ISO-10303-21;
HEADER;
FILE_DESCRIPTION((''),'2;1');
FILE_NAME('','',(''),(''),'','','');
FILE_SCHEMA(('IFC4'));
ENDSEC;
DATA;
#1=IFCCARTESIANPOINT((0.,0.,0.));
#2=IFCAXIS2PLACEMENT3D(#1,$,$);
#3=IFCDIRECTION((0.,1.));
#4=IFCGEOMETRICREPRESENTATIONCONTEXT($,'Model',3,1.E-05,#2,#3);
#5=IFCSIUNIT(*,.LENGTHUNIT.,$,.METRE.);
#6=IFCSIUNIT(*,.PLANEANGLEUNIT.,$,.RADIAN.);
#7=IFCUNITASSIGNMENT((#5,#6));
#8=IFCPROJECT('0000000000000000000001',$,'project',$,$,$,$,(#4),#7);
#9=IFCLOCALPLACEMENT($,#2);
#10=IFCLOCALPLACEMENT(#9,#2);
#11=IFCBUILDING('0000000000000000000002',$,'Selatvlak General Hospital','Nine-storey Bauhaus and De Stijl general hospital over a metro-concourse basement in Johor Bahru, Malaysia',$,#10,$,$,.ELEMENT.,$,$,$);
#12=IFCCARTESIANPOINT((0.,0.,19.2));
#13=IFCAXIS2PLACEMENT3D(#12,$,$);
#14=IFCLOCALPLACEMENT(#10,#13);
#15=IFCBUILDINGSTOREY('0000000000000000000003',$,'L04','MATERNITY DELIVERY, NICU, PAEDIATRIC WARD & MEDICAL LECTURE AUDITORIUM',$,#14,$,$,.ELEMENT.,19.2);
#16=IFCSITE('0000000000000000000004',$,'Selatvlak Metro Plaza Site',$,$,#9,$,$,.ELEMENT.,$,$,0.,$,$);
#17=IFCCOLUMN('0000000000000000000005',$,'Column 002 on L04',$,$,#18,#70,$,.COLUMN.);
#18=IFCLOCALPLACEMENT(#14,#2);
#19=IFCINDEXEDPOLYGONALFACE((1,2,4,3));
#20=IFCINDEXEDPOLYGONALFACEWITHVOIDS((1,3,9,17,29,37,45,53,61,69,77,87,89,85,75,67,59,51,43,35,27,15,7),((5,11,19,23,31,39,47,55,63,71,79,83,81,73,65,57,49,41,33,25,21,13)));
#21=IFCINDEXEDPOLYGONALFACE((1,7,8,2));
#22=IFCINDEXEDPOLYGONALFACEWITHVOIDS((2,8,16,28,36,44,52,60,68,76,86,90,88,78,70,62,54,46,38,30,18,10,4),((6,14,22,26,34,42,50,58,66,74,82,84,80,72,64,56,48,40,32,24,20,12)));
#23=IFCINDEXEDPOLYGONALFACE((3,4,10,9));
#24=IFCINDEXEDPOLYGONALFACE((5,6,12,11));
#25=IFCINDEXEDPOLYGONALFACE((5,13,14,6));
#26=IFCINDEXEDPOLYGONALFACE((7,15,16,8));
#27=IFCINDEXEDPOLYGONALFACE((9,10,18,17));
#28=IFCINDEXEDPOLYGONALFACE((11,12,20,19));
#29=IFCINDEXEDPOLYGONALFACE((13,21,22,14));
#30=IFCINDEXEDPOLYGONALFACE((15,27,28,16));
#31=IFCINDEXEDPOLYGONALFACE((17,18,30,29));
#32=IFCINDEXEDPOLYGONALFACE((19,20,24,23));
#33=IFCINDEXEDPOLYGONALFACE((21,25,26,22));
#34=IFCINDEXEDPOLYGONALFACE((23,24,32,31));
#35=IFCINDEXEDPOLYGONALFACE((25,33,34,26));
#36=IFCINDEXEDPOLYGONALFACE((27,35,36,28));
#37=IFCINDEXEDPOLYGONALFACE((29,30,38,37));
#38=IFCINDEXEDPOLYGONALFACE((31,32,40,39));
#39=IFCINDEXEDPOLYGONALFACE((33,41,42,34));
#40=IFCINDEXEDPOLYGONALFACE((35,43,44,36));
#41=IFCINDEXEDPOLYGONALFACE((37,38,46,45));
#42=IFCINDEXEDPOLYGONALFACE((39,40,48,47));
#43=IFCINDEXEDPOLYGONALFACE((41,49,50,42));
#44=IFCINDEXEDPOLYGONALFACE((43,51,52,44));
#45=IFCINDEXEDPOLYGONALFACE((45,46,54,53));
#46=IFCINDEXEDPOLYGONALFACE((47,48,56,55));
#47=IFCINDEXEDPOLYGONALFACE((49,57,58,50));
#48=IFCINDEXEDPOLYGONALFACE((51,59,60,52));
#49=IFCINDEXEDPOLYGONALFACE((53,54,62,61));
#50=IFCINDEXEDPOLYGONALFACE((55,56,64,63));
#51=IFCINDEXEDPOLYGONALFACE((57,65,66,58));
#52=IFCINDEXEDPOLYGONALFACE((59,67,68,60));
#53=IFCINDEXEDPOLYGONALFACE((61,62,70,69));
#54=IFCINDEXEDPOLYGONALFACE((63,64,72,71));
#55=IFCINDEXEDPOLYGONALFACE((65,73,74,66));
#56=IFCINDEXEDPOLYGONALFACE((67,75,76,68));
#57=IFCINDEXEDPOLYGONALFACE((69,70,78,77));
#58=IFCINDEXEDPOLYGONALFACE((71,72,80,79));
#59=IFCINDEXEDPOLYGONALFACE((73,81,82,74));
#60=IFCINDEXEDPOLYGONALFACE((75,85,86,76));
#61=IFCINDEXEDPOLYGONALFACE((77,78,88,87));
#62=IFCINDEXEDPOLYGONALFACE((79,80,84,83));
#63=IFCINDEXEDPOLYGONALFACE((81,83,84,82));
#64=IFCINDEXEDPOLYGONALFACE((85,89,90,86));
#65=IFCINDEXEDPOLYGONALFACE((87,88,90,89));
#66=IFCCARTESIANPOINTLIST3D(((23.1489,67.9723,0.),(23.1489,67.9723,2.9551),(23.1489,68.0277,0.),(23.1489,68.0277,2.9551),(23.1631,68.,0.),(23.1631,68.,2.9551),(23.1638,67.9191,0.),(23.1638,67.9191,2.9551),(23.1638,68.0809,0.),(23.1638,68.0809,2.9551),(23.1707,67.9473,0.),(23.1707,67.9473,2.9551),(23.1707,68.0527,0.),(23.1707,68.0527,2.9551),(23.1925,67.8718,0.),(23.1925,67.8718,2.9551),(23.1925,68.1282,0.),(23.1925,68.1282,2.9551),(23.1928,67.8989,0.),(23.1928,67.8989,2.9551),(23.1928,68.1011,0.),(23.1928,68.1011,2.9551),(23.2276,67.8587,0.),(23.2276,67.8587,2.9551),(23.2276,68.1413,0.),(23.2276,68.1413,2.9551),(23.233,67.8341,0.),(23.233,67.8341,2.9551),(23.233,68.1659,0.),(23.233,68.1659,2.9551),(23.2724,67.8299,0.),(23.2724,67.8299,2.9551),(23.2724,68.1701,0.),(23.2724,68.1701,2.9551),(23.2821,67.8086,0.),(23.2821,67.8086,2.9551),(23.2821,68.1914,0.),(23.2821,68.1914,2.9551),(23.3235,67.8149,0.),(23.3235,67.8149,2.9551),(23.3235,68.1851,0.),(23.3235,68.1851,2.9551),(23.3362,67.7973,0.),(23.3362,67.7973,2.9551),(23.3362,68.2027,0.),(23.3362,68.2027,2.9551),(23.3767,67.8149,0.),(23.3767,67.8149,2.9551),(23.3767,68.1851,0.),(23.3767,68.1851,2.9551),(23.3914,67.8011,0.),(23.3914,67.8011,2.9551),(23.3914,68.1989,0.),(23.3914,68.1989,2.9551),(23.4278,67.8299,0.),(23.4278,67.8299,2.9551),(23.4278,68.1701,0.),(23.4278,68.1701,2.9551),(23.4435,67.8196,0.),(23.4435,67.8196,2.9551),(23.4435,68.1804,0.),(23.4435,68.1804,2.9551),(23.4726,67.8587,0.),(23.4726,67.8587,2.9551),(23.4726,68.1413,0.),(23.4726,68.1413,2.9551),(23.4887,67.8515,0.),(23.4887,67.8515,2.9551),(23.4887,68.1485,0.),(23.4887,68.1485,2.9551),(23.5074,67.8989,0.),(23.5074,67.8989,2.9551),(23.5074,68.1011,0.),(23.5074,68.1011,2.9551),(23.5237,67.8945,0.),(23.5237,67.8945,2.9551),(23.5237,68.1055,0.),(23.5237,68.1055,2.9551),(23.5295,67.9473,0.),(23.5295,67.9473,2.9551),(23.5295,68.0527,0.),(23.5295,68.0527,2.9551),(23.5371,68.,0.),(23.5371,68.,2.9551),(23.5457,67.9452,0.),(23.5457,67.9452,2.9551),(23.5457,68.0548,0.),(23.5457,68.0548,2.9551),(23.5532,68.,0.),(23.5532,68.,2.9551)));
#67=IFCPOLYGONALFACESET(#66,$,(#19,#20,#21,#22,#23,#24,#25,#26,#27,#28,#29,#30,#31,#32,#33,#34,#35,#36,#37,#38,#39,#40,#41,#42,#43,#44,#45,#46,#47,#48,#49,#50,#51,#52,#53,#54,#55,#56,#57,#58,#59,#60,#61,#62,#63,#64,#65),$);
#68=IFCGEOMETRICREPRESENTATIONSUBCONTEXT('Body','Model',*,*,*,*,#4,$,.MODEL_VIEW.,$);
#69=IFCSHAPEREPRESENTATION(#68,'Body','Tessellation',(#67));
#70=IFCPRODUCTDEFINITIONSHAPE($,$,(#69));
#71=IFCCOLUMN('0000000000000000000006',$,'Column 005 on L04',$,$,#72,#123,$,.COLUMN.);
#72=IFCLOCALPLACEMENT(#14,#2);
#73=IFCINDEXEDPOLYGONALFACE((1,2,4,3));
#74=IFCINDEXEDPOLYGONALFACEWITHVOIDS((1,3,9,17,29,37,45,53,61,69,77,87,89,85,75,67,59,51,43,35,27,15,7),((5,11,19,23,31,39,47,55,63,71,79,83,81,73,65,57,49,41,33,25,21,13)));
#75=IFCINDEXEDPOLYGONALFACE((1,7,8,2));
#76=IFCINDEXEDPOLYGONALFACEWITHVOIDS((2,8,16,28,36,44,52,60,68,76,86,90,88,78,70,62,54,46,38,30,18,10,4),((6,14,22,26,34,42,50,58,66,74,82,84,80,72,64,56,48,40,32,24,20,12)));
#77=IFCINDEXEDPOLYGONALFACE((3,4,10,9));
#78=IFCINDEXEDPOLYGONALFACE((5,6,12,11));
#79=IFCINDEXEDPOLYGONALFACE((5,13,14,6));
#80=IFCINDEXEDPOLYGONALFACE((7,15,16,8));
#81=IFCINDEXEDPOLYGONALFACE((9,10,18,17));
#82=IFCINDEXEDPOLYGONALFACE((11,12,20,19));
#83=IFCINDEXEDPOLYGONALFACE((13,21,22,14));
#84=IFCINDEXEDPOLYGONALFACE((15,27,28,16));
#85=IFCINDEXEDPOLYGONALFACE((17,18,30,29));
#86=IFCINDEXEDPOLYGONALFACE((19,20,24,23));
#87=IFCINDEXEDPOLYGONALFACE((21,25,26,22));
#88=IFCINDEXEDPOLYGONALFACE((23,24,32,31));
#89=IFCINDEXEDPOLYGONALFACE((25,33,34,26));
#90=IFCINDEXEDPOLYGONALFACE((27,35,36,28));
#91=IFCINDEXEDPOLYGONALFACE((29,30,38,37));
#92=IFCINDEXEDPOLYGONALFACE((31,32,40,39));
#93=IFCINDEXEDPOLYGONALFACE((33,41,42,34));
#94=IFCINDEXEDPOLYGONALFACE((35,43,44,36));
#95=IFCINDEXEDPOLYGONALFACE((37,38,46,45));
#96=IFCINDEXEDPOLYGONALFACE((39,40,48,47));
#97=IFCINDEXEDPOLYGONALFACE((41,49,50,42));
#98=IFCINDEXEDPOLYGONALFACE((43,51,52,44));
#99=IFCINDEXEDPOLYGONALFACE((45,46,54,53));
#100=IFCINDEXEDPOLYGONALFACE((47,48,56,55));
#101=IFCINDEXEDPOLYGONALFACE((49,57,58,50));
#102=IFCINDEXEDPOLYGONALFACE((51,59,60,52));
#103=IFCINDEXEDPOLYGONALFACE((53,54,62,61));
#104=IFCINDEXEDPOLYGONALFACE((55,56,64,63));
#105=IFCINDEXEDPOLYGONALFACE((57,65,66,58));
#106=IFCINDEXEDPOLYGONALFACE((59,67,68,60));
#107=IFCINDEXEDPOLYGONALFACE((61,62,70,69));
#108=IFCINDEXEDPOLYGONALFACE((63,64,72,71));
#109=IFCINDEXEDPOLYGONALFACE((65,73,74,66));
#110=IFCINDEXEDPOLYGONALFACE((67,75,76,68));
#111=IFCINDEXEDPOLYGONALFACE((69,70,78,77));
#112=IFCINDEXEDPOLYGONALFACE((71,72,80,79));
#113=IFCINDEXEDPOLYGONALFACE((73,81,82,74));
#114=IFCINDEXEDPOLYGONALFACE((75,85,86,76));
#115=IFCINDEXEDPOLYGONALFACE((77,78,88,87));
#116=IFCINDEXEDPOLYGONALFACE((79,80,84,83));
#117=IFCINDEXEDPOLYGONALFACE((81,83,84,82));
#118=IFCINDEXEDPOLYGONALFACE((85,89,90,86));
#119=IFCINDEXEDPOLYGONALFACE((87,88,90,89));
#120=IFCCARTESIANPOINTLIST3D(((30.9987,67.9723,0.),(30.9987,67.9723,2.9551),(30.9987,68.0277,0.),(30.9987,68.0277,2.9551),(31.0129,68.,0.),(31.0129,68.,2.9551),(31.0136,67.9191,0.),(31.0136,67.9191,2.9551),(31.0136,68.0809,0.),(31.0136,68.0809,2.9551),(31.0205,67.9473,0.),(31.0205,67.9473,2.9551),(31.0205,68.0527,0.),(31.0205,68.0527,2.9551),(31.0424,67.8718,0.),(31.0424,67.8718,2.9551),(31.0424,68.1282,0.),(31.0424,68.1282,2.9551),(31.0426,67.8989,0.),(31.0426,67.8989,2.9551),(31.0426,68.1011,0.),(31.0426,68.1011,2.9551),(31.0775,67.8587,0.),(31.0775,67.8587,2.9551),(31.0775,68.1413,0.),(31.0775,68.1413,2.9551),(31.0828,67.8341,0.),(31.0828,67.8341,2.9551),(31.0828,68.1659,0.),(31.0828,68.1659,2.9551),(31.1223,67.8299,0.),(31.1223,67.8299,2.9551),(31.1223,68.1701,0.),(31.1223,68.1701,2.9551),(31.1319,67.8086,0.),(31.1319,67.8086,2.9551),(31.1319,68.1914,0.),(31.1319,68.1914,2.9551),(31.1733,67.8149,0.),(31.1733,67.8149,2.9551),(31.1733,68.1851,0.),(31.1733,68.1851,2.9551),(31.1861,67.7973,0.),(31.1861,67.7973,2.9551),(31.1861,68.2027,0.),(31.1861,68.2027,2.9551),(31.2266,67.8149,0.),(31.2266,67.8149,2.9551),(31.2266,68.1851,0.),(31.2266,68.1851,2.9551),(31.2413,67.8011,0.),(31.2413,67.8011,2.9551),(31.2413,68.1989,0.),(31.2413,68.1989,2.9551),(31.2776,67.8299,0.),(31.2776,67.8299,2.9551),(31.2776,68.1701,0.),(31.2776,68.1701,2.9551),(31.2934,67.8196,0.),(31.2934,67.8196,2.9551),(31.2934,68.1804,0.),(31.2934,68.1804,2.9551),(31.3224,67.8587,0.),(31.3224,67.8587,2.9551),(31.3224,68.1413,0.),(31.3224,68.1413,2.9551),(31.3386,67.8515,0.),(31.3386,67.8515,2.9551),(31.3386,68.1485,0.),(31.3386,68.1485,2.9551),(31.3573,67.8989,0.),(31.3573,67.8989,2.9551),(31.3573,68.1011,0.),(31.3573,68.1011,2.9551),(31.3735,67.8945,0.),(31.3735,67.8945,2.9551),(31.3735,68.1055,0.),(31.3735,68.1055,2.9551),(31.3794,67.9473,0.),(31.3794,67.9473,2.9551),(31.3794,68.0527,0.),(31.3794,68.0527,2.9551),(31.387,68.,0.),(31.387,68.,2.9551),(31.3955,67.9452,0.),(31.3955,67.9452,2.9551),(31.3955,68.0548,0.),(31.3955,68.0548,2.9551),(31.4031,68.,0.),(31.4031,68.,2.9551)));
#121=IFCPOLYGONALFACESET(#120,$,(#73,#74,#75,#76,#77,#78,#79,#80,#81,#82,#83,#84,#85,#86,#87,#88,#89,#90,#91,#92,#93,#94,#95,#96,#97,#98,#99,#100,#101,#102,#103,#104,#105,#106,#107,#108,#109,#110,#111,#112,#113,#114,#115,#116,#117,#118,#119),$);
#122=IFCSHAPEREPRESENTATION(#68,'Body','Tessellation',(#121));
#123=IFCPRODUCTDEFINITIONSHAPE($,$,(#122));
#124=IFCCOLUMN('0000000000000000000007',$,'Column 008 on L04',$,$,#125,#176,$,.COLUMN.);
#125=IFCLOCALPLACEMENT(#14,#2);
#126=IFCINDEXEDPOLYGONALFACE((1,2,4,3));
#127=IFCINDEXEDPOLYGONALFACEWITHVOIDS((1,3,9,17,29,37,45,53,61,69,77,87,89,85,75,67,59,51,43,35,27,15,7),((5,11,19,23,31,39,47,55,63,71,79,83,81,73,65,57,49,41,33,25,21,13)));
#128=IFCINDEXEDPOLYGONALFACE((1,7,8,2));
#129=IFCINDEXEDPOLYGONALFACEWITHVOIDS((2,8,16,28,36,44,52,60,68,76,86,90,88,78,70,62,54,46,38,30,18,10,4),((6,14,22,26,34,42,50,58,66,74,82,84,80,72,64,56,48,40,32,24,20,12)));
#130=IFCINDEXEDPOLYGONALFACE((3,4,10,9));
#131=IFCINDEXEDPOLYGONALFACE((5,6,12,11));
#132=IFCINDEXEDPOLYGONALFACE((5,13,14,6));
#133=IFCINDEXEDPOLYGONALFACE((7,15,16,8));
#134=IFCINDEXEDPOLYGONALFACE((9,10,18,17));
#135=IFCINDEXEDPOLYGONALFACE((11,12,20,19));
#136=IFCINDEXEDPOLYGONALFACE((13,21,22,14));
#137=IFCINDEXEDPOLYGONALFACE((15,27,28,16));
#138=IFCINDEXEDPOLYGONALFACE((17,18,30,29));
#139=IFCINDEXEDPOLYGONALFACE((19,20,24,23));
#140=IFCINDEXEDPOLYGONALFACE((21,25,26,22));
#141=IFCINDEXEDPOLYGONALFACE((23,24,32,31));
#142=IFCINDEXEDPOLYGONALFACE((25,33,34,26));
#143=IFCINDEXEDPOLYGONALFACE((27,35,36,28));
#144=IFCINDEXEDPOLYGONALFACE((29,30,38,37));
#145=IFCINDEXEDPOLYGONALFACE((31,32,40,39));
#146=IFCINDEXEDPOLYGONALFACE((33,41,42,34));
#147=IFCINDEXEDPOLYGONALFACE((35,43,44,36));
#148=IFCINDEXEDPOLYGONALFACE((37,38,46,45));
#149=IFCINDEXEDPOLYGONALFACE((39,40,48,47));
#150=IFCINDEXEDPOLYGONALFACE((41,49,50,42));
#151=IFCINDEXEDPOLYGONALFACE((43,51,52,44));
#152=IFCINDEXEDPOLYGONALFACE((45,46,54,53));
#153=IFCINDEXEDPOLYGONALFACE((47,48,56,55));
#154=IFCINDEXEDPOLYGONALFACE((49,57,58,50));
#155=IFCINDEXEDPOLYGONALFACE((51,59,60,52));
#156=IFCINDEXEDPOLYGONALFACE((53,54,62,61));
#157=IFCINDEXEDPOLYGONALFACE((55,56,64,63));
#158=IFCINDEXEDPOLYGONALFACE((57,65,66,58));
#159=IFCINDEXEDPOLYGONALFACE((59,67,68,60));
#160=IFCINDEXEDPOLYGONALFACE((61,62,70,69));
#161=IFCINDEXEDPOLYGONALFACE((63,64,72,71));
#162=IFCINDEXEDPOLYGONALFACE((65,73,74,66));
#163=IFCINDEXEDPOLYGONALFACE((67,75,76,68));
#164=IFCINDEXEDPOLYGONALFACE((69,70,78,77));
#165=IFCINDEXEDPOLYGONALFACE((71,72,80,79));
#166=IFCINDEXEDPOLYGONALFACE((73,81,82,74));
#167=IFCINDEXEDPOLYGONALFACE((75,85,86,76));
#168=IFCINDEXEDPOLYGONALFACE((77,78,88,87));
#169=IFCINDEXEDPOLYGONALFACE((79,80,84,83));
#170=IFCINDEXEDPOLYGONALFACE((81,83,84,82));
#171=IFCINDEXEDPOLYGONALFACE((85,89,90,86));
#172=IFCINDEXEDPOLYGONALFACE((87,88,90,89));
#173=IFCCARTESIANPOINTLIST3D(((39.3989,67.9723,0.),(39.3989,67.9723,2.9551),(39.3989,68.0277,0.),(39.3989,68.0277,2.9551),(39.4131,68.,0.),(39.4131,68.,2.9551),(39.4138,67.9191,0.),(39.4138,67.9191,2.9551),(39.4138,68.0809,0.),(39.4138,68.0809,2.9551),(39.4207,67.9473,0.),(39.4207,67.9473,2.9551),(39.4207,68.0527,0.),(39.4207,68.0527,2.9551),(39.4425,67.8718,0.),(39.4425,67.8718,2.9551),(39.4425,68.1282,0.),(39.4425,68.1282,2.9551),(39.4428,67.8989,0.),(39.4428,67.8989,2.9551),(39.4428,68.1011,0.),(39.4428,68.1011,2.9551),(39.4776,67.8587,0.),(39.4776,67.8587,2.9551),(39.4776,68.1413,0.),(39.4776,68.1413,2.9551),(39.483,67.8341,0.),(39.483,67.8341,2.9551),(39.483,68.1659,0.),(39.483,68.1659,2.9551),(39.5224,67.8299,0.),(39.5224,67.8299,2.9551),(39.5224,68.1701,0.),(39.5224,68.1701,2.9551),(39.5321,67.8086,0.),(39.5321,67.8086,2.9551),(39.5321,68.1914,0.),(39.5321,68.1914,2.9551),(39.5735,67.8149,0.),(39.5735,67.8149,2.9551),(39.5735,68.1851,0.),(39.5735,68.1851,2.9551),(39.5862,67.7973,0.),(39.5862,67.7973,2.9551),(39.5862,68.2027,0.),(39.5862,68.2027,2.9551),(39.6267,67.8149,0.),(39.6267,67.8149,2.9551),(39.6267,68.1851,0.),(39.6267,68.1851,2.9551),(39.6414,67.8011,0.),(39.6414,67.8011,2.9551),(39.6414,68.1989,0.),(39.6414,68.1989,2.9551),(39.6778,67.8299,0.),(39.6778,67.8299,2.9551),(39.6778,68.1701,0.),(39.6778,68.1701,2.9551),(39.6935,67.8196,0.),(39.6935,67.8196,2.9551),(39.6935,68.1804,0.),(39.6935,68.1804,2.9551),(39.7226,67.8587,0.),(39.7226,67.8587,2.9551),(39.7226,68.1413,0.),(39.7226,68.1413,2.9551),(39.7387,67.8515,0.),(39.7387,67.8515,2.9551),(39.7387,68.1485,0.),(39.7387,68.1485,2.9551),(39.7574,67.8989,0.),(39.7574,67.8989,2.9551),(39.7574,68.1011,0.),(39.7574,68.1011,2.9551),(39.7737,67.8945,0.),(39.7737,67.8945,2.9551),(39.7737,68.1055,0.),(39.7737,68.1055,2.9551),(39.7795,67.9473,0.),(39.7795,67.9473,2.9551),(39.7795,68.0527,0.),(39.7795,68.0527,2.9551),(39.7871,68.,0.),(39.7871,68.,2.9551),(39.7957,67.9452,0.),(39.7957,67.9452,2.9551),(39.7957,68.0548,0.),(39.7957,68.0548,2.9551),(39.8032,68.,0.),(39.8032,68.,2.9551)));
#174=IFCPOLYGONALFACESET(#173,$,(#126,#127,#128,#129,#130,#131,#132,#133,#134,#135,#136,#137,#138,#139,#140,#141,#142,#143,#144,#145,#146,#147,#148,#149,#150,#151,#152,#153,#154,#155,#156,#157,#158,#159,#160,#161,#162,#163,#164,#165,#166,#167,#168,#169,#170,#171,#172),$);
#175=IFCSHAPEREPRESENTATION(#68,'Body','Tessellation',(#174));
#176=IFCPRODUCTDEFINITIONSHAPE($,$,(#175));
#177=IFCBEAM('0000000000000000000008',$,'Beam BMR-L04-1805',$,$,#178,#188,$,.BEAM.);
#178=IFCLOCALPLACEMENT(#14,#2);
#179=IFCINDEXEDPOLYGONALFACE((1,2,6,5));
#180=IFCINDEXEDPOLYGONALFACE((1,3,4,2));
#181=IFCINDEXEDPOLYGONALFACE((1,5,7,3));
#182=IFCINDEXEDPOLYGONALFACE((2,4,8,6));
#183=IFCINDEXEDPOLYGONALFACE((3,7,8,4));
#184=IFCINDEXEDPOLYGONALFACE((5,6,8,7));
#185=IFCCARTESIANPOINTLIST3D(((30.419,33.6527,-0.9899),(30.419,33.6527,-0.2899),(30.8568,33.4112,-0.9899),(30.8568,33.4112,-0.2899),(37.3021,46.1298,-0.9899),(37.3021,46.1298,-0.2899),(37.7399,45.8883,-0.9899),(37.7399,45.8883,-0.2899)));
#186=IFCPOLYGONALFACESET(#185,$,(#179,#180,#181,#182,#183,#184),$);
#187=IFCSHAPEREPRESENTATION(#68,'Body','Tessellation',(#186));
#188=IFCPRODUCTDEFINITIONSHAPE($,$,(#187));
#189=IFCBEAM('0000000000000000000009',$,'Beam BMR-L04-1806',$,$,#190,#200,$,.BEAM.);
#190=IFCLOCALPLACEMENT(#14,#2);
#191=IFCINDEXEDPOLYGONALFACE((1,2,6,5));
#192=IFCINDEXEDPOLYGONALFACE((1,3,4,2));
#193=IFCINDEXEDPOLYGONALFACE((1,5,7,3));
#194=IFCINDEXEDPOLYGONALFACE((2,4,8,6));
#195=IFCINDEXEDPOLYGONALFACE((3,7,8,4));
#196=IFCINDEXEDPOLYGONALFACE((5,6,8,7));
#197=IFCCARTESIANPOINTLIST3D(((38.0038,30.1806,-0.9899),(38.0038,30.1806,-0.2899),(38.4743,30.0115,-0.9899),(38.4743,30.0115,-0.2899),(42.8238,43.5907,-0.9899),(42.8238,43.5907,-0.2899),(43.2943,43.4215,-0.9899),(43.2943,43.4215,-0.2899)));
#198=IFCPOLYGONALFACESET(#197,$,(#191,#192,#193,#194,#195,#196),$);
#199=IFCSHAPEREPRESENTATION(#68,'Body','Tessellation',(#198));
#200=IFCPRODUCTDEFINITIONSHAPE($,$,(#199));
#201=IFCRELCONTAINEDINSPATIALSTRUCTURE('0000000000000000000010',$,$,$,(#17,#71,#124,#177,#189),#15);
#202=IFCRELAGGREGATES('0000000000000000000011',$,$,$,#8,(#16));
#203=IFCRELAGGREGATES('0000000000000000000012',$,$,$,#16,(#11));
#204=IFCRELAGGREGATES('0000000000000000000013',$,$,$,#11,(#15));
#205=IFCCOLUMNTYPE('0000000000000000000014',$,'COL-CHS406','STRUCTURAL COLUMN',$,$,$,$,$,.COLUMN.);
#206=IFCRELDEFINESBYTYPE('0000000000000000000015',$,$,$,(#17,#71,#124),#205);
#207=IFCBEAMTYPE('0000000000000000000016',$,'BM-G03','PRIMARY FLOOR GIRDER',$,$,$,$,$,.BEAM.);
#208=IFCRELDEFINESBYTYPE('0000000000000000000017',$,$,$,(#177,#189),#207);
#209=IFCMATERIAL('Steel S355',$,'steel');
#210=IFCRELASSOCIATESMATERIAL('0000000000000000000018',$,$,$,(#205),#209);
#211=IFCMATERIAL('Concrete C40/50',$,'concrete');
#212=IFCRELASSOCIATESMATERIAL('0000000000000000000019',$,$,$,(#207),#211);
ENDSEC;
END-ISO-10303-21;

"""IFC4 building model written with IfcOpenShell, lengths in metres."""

from ifc_helpers import new_model, si_unit, direction, frame, origin, origin_2d, place, context, subcontext, project, spatial, rectangle, hollow_circle, extrude, material, material_profile, profile_set, type_object, element, save


model = new_model("IFC4")

# Units and contexts
model_context = context("Model", 3, precision=1e-05, world=origin(), true_north=direction((0.0, 1.0)))
body_context = subcontext(model_context, "Body", "Model", "MODEL_VIEW")
ifc_project = project(units=[si_unit("LENGTHUNIT", "METRE"), si_unit("PLANEANGLEUNIT", "RADIAN")], contexts=[model_context])

# Site, building, storey
site_placement = place(None, origin())
site = spatial("IfcSite", under=ifc_project, at=site_placement, Name="Selatvlak Metro Plaza Site", CompositionType="ELEMENT", RefElevation=0.0)
building_placement = place(site_placement, origin())
building = spatial("IfcBuilding", under=site, at=building_placement, Name="Selatvlak General Hospital", Description="Nine-storey Bauhaus and De Stijl general hospital over a metro-concourse basement in Johor Bahru, Malaysia", CompositionType="ELEMENT")
storey_placement = place(building_placement, frame((0.0, 0.0, 19.2)))
storey = spatial("IfcBuildingStorey", under=building, at=storey_placement, Name="L04", Description="MATERNITY DELIVERY, NICU, PAEDIATRIC WARD & MEDICAL LECTURE AUDITORIUM", CompositionType="ELEMENT", Elevation=19.2)

# Columns
ifc_material_1 = material(Name="Steel S355", Category="steel")
ifc_material_profile_1 = material_profile(ifc_material_1, hollow_circle(Radius=0.2031, WallThickness=0.0161, at=origin_2d()), Name="CHS 406.4x16")
ifc_profile_set_1 = profile_set([ifc_material_profile_1], Name="Steel S355")
column_type = type_object("IfcColumnType", Name="COL-CHS406", Description="STRUCTURAL COLUMN", PredefinedType="COLUMN", material=ifc_profile_set_1)
for number, where, z_axis, x_axis, name in (
    (1, (23.3501, 68.0, 0.0), (0.0, 0.0, 1.0), (1.0, 0.0, 0.0), "Column 002 on L04"),
    (2, (31.2, 68.0, 0.0), (0.0, 0.0, 1.0), (1.0, 0.0, 0.0), "Column 005 on L04"),
    (3, (39.6001, 68.0, 0.0), (0.0, 0.0, 1.0), (1.0, 0.0, 0.0), "Column 008 on L04"),
):
    element("IfcColumn", number, at=place(storey_placement, frame(where, z_axis=z_axis, x_axis=x_axis)), inside=storey, type_object=column_type, Name=name, PredefinedType="COLUMN", context=body_context, shape_type="SweptSolid", body=[
        extrude(hollow_circle(Radius=0.2031, WallThickness=0.0161, at=origin_2d()), origin(), (0.0, 0.0, 1.0), 2.9551),
    ])

# Beams
ifc_material_2 = material(Name="Concrete C40/50", Category="concrete")
ifc_material_profile_2 = material_profile(ifc_material_2, rectangle(XDim=0.5, YDim=0.7, at=origin_2d()), Name="RC-BM 500x700")
ifc_profile_set_2 = profile_set([ifc_material_profile_2], Name="Concrete C40/50")
beam_type_1 = type_object("IfcBeamType", Name="BM-G03", Description="PRIMARY FLOOR GIRDER", PredefinedType="BEAM", material=ifc_profile_set_2)
beam_1_placement = place(storey_placement, frame((37.521, 46.009, -0.6399), z_axis=(-0.483033, -0.875602, 0.0), x_axis=(0.875602, -0.483033, 0.0)))
element("IfcBeam", 4, at=beam_1_placement, inside=storey, type_object=beam_type_1, Name="Beam BMR-L04-1805", PredefinedType="BEAM", context=body_context, shape_type="SweptSolid", body=[
    extrude(rectangle(XDim=0.5, YDim=0.7, at=origin_2d()), origin(), (0.0, 0.0, 1.0), 14.2498),
])
beam_2_placement = place(storey_placement, frame((43.0591, 43.5061, -0.6399), z_axis=(-0.338248, -0.941057, 0.0), x_axis=(0.941057, -0.338248, 0.0)))
element("IfcBeam", 5, at=beam_2_placement, inside=storey, type_object=beam_type_1, Name="Beam BMR-L04-1806", PredefinedType="BEAM", context=body_context, shape_type="SweptSolid", body=[
    extrude(rectangle(XDim=0.5, YDim=0.7, at=origin_2d()), origin(), (0.0, 0.0, 1.0), 14.25),
])

save(model, "model.ifc")
